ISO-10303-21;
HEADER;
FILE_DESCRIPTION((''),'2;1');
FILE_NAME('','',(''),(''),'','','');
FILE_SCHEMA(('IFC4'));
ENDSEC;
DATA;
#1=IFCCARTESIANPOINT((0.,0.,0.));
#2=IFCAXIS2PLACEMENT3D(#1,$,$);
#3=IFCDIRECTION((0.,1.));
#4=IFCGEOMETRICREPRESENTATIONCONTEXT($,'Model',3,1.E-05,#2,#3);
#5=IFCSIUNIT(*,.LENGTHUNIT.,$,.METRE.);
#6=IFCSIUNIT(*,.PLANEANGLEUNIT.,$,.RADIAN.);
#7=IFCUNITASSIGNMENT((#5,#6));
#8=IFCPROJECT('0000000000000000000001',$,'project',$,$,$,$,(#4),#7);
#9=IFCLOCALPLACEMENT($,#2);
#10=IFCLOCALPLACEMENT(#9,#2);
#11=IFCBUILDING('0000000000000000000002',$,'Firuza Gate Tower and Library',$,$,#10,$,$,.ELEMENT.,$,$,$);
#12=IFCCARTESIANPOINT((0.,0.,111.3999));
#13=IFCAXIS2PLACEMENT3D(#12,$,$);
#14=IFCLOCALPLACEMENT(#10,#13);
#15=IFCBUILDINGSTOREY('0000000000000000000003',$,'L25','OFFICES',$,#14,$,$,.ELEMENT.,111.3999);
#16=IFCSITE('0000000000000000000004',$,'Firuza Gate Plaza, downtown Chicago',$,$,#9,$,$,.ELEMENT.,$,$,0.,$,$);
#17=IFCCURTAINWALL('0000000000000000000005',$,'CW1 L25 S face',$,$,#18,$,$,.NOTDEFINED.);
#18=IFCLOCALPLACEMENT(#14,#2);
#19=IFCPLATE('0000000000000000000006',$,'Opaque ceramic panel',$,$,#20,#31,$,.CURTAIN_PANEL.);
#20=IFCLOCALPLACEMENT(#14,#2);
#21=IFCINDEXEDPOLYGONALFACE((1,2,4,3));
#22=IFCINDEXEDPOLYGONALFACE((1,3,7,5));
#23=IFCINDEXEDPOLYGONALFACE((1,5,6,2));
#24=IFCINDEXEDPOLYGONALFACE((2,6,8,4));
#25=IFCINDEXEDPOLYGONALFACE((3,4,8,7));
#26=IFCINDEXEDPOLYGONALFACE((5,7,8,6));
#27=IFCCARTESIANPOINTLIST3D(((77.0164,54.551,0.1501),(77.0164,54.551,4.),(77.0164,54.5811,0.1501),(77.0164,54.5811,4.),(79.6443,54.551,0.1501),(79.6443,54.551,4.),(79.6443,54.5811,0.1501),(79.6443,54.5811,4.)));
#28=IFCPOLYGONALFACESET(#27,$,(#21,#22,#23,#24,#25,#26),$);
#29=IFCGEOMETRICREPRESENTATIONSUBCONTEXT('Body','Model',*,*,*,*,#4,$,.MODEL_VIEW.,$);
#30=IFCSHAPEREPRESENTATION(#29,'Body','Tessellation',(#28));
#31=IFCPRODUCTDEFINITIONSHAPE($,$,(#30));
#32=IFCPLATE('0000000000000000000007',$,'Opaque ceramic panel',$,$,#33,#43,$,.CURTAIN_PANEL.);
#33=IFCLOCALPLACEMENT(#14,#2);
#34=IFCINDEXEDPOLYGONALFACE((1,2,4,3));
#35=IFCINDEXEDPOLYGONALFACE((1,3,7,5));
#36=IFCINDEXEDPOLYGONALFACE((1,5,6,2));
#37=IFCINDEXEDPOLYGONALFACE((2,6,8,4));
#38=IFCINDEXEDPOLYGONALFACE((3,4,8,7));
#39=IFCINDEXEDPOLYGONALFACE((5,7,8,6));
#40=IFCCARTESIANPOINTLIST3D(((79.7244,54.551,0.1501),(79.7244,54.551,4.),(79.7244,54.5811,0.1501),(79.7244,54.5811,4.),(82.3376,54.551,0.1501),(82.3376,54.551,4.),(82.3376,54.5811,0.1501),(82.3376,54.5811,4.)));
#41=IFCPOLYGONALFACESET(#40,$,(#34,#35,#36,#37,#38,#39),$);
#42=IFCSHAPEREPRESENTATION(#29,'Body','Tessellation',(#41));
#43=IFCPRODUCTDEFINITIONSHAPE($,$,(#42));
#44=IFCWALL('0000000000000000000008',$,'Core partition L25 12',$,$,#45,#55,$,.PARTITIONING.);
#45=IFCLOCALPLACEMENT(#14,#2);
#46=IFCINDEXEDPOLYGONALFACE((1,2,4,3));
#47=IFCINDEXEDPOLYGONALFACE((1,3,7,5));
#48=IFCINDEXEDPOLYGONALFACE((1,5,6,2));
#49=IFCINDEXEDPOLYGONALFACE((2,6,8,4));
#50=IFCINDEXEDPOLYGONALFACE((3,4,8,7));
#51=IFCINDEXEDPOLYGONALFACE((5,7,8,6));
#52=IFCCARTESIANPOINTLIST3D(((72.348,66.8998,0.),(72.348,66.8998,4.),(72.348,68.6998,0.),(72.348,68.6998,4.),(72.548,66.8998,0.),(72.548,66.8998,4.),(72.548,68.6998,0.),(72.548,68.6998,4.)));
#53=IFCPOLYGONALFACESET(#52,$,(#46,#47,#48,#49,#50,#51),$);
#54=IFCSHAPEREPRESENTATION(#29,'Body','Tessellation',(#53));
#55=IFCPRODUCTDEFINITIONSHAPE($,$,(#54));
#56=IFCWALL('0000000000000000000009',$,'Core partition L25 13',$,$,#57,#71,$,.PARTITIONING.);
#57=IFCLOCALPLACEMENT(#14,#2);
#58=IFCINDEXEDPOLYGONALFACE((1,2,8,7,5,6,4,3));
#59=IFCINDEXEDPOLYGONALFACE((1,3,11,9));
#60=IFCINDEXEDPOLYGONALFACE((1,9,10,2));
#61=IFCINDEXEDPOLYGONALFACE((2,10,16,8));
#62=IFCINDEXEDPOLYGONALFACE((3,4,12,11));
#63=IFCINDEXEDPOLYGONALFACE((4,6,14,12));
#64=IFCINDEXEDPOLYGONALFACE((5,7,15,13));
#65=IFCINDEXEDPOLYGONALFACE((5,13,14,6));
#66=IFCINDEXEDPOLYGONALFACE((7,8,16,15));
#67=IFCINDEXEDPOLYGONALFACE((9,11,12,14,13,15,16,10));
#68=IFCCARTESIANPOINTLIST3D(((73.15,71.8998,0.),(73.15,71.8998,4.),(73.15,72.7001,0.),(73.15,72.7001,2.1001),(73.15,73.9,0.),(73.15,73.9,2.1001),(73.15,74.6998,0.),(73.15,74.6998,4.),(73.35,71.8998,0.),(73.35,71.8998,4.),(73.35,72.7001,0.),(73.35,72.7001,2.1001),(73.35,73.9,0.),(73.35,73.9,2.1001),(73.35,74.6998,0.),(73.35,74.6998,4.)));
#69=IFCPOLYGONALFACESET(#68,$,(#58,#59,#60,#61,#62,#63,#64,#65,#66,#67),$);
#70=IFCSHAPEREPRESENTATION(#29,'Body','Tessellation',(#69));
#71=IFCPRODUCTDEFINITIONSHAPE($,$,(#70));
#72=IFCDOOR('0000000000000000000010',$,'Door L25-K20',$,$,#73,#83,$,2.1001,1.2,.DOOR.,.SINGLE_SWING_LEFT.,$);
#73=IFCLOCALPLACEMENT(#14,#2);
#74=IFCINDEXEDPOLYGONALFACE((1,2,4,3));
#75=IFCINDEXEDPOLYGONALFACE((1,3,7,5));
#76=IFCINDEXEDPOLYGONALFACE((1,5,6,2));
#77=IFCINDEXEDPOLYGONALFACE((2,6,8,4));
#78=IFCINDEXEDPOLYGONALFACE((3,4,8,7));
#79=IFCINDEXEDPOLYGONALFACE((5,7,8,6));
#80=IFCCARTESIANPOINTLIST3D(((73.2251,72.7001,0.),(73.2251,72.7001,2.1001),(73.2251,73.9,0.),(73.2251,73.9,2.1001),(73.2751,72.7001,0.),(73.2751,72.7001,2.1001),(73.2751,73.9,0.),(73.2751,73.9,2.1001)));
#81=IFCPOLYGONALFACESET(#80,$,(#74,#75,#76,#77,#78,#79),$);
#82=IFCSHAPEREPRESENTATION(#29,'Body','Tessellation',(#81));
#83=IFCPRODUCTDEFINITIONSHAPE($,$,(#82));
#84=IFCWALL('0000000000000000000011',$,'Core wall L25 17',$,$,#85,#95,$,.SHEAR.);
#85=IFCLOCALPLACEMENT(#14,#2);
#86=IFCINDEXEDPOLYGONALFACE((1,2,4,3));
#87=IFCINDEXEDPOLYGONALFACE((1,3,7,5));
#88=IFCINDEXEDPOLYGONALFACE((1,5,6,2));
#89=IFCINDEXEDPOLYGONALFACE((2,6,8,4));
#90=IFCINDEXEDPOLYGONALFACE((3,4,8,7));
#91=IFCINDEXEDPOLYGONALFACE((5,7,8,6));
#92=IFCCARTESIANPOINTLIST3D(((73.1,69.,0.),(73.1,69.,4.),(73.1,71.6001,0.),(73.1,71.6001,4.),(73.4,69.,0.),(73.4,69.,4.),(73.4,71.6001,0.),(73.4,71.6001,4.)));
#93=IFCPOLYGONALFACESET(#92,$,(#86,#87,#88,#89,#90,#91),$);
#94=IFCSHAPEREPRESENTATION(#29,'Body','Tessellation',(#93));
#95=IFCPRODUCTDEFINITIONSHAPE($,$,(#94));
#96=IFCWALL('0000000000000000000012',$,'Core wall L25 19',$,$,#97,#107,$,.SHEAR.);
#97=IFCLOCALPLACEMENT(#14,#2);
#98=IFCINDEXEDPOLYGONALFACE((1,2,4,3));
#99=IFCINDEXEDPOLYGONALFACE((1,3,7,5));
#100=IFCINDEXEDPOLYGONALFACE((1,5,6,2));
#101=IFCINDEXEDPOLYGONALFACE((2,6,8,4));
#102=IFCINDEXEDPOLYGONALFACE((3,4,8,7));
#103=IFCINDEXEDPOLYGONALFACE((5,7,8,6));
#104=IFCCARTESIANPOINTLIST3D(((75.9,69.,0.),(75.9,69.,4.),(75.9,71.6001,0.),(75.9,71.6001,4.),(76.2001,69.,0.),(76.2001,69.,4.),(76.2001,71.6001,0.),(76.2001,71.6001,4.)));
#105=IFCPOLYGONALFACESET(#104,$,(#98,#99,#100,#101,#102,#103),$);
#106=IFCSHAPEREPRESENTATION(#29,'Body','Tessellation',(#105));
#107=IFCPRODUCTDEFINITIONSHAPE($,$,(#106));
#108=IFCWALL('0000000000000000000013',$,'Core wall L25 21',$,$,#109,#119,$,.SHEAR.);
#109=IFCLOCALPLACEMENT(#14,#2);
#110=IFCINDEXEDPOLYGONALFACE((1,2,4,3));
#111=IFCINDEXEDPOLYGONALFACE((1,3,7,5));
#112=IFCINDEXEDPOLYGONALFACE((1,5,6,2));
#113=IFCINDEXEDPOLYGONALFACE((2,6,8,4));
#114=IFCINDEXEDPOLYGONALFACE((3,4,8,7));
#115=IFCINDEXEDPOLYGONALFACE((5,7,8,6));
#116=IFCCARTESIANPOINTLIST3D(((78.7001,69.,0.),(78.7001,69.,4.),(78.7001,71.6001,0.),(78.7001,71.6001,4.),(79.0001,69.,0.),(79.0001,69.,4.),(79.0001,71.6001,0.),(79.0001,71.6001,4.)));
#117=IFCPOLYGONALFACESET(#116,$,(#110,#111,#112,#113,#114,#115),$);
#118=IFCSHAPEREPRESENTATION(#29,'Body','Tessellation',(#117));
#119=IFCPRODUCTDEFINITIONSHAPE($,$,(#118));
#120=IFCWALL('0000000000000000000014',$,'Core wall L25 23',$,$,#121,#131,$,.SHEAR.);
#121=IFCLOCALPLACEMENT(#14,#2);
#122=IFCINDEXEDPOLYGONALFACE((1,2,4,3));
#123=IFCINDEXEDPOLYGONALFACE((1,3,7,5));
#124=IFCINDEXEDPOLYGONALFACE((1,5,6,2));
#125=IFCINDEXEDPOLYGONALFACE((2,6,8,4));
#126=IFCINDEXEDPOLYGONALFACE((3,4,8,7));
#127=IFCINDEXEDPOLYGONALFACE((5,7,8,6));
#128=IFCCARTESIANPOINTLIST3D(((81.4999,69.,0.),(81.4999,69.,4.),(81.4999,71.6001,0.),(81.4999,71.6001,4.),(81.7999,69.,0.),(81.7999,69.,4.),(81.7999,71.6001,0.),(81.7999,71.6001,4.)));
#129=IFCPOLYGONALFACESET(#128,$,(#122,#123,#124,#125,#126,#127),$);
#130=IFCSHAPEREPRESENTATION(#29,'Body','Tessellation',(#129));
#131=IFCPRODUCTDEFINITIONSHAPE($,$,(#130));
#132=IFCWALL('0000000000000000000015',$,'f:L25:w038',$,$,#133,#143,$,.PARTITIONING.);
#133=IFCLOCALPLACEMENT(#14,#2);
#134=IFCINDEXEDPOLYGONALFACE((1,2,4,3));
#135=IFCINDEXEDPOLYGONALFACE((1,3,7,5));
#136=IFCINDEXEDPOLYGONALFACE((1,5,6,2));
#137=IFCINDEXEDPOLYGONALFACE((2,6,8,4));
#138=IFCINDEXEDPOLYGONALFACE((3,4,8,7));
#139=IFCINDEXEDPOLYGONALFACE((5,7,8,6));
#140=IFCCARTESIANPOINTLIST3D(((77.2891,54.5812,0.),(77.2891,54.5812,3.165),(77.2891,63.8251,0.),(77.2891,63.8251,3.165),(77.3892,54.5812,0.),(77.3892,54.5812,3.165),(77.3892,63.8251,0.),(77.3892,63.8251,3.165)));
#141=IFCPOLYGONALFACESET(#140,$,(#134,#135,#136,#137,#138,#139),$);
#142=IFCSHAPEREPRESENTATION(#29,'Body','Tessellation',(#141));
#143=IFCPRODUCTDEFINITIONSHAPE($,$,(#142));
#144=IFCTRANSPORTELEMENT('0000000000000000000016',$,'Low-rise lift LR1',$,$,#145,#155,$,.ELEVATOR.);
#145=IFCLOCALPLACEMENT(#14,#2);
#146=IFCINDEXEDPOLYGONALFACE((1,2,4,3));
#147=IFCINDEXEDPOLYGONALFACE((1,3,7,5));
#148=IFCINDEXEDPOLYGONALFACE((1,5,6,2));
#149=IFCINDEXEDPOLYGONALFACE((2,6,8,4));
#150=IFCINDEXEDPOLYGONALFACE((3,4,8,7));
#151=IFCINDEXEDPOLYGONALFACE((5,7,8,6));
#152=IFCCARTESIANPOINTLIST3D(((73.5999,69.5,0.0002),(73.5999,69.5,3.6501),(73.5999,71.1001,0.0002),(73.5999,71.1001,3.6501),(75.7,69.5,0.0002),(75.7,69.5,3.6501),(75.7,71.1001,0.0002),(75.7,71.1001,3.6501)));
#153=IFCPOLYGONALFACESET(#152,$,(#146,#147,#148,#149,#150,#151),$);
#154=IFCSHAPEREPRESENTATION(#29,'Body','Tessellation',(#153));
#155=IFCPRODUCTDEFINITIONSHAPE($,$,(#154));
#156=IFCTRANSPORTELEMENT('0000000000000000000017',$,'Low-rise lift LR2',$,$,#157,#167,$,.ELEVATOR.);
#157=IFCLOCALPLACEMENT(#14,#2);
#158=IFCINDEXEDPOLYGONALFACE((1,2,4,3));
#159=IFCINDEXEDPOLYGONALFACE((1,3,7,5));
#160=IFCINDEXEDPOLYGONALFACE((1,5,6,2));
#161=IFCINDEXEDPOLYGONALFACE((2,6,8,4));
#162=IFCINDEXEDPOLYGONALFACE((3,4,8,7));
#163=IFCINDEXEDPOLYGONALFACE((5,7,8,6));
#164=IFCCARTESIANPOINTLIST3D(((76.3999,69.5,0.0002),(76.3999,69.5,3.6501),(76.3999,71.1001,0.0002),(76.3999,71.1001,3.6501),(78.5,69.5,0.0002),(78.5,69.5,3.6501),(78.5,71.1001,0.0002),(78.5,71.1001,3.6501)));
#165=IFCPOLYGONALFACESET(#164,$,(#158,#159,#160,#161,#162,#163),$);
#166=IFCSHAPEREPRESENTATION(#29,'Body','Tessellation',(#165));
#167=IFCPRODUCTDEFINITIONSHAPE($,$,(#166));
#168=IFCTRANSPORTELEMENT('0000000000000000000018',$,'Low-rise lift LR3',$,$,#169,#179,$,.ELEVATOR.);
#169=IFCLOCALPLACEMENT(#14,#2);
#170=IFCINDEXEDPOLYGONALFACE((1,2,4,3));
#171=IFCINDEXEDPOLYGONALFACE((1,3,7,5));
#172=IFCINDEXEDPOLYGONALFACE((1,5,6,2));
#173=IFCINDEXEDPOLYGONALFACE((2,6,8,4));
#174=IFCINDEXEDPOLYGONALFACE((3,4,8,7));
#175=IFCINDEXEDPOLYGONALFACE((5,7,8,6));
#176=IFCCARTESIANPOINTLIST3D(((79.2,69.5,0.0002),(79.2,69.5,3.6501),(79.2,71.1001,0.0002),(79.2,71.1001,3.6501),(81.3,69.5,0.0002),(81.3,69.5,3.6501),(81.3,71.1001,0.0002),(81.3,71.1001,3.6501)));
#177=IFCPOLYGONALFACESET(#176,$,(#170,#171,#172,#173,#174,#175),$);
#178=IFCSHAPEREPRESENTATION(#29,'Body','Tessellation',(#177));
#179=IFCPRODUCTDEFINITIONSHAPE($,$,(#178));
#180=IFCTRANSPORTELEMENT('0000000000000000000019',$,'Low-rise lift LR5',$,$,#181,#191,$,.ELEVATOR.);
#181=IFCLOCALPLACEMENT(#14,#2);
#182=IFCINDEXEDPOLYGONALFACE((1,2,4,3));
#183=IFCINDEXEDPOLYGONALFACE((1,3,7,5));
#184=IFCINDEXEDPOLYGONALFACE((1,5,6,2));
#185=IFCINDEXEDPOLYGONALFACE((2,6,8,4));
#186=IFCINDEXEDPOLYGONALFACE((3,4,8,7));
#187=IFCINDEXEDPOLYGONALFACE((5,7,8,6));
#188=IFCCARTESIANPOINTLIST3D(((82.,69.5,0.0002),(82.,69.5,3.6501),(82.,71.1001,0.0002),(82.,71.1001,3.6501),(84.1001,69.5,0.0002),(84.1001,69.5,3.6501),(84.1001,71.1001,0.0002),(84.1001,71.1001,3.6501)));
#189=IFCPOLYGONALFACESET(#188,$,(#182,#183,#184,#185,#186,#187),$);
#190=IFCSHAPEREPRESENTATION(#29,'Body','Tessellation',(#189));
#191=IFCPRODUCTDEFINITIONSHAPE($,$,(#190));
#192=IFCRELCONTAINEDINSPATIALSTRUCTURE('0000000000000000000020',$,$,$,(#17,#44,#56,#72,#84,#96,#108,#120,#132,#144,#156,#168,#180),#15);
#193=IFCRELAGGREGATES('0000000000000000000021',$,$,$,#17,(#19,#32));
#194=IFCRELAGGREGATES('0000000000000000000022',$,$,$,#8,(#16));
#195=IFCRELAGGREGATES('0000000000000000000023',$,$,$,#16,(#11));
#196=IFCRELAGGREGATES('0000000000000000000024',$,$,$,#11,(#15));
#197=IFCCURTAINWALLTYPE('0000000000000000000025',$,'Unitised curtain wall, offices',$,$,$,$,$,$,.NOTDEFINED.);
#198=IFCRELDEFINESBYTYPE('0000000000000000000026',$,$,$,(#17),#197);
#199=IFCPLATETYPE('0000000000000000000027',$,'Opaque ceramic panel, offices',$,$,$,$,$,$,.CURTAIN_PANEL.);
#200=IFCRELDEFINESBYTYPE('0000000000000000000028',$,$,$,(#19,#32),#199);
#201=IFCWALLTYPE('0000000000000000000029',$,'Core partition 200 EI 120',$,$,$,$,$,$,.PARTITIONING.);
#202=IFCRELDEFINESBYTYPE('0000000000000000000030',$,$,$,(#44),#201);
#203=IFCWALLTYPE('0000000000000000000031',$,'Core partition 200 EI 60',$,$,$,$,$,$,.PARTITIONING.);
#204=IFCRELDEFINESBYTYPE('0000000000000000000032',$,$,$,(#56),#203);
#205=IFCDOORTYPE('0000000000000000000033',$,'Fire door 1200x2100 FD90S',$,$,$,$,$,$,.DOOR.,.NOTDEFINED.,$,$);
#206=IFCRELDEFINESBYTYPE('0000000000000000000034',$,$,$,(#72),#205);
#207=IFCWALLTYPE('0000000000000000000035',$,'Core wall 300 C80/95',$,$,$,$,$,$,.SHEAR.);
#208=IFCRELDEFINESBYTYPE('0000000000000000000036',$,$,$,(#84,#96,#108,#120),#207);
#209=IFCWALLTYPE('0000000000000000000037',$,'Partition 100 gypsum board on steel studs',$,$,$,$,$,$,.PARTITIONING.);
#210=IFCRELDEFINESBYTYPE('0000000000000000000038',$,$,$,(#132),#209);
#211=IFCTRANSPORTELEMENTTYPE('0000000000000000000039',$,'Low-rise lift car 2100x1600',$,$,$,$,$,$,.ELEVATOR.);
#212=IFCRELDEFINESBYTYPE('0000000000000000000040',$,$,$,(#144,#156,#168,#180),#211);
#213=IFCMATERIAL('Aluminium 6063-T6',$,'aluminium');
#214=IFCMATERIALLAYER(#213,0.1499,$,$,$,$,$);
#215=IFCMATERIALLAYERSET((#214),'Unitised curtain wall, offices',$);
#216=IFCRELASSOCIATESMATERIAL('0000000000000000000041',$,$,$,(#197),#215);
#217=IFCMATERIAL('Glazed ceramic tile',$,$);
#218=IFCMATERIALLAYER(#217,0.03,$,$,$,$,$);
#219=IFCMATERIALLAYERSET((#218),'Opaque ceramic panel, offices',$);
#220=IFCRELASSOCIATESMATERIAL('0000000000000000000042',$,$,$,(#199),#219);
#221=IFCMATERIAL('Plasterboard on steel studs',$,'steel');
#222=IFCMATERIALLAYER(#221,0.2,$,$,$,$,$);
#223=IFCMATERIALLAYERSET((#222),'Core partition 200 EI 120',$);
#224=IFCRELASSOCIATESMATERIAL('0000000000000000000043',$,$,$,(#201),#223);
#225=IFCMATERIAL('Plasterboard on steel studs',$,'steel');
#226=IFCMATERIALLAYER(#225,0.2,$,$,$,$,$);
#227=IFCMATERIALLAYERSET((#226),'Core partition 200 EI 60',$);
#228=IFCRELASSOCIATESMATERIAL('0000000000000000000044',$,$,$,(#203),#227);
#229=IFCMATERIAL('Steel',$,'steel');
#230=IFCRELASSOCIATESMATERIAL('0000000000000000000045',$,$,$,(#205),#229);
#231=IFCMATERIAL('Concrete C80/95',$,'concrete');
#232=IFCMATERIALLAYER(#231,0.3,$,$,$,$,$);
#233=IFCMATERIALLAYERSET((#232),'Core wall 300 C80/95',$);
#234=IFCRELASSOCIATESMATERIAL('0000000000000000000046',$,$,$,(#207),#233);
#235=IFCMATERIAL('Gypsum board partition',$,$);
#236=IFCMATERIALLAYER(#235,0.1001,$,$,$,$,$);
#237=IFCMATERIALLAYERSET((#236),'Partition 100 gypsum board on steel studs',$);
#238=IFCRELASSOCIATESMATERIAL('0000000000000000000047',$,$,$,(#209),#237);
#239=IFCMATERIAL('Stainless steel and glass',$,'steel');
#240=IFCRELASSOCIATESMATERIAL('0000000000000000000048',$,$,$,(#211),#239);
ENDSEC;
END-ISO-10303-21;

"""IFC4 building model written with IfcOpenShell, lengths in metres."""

from ifc_helpers import new_model, si_unit, direction, frame, frame_2d, origin, origin_2d, place, context, subcontext, project, spatial, polyline, rectangle, outline, extrude, material, layer, layer_set, type_object, element, fill, aggregate, save


model = new_model("IFC4")

# Units and contexts
model_context = context("Model", 3, precision=1e-05, world=origin(), true_north=direction((0.0, 1.0)))
body_context = subcontext(model_context, "Body", "Model", "MODEL_VIEW")
ifc_project = project(units=[si_unit("LENGTHUNIT", "METRE"), si_unit("PLANEANGLEUNIT", "RADIAN")], contexts=[model_context])

# Site, building, storey
site_placement = place(None, origin())
site = spatial("IfcSite", under=ifc_project, at=site_placement, Name="Firuza Gate Plaza, downtown Chicago", CompositionType="ELEMENT", RefElevation=0.0)
building_placement = place(site_placement, origin())
building = spatial("IfcBuilding", under=site, at=building_placement, Name="Firuza Gate Tower and Library", CompositionType="ELEMENT")
storey_placement = place(building_placement, frame((0.0, 0.0, 111.3999)))
storey = spatial("IfcBuildingStorey", under=building, at=storey_placement, Name="L25", Description="OFFICES", CompositionType="ELEMENT", Elevation=111.3999)

# Curtain wall
ifc_material_1 = material(Name="Aluminium 6063-T6", Category="aluminium")
ifc_layer_1 = layer(ifc_material_1, 0.1499)
ifc_layer_set_1 = layer_set([ifc_layer_1], Name="Unitised curtain wall, offices")
curtain_wall_type = type_object("IfcCurtainWallType", Name="Unitised curtain wall, offices", PredefinedType="NOTDEFINED", material=ifc_layer_set_1)
curtain_wall_placement = place(storey_placement, origin())
curtain_wall = element("IfcCurtainWall", 1, at=curtain_wall_placement, inside=storey, type_object=curtain_wall_type, Name="CW1 L25 S face", PredefinedType="NOTDEFINED")

# Plates
ifc_material_2 = material(Name="Glazed ceramic tile")
ifc_layer_2 = layer(ifc_material_2, 0.03)
ifc_layer_set_2 = layer_set([ifc_layer_2], Name="Opaque ceramic panel, offices")
plate_type_1 = type_object("IfcPlateType", Name="Opaque ceramic panel, offices", PredefinedType="CURTAIN_PANEL", material=ifc_layer_set_2)
plate_1_placement = place(storey_placement, frame((77.0164, 54.551, 0.1501), z_axis=(0.0, -1.0, 0.0), x_axis=(1.0, 0.0, 0.0)))
plate_1 = element("IfcPlate", 2, at=plate_1_placement, type_object=plate_type_1, Name="Opaque ceramic panel", PredefinedType="CURTAIN_PANEL", context=body_context, shape_type="SweptSolid", body=[
    extrude(outline(polyline([(0.0, 0.0), (2.6279, 0.0), (2.6279, 3.8499), (0.0, 3.8499), (0.0, 0.0)])), origin(), (0.0, 0.0, -1.0), 0.03),
])
plate_2_placement = place(storey_placement, frame((79.7244, 54.551, 0.1501), z_axis=(0.0, -1.0, 0.0), x_axis=(1.0, 0.0, 0.0)))
plate_2 = element("IfcPlate", 3, at=plate_2_placement, type_object=plate_type_1, Name="Opaque ceramic panel", PredefinedType="CURTAIN_PANEL", context=body_context, shape_type="SweptSolid", body=[
    extrude(outline(polyline([(0.0, 0.0), (2.6133, 0.0), (2.6133, 3.8499), (0.0, 3.8499), (0.0, 0.0)])), origin(), (0.0, 0.0, -1.0), 0.03),
])
aggregate(curtain_wall, [plate_1, plate_2])

# Wall
ifc_material_3 = material(Name="Plasterboard on steel studs", Category="steel")
ifc_layer_3 = layer(ifc_material_3, 0.2)
ifc_layer_set_3 = layer_set([ifc_layer_3], Name="Core partition 200 EI 120")
wall_type_1 = type_object("IfcWallType", Name="Core partition 200 EI 120", PredefinedType="PARTITIONING", material=ifc_layer_set_3)
wall_1_placement = place(storey_placement, frame((72.448, 66.8999, 0.0), z_axis=(0.0, 0.0, 1.0), x_axis=(0.0, 1.0, 0.0)))
element("IfcWall", 4, at=wall_1_placement, inside=storey, type_object=wall_type_1, Name="Core partition L25 12", PredefinedType="PARTITIONING", context=body_context, shape_type="SweptSolid", body=[
    extrude(rectangle(XDim=1.8, YDim=0.2, at=frame_2d((0.8999, 0.0))), origin(), (0.0, 0.0, 1.0), 4.0),
])

# Wall, opening, door
ifc_material_4 = material(Name="Plasterboard on steel studs", Category="steel")
ifc_layer_4 = layer(ifc_material_4, 0.2)
ifc_layer_set_4 = layer_set([ifc_layer_4], Name="Core partition 200 EI 60")
wall_type_2 = type_object("IfcWallType", Name="Core partition 200 EI 60", PredefinedType="PARTITIONING", material=ifc_layer_set_4)
wall_2_placement = place(storey_placement, frame((73.25, 71.8999, 0.0), z_axis=(0.0, 0.0, 1.0), x_axis=(0.0, 1.0, 0.0)))
wall_2 = element("IfcWall", 5, at=wall_2_placement, inside=storey, type_object=wall_type_2, Name="Core partition L25 13", PredefinedType="PARTITIONING", context=body_context, shape_type="SweptSolid", body=[
    extrude(rectangle(XDim=2.8, YDim=0.2, at=frame_2d((1.3999, 0.0))), origin(), (0.0, 0.0, 1.0), 4.0),
])
opening_placement = place(wall_2_placement, frame((0.8, 0.0, 0.0)))
opening = element("IfcOpeningElement", 6, at=opening_placement, cuts=wall_2, PredefinedType="OPENING", context=body_context, shape_type="SweptSolid", body=[
    extrude(rectangle(XDim=1.2, YDim=2.1001, at=frame_2d((0.6001, 1.05))), frame((0.0, 0.1099, 0.0), z_axis=(0.0, -1.0, 0.0), x_axis=(1.0, 0.0, 0.0)), (0.0, 0.0, 1.0), 0.22),
])
ifc_material_5 = material(Name="Steel", Category="steel")
door_type = type_object("IfcDoorType", Name="Fire door 1200x2100 FD90S", OperationType="NOTDEFINED", PredefinedType="DOOR", material=ifc_material_5)
door_placement = place(opening_placement, origin())
door = element("IfcDoor", 7, at=door_placement, inside=storey, type_object=door_type, Name="Door L25-K20", OperationType="SINGLE_SWING_LEFT", OverallHeight=2.1001, OverallWidth=1.2, PredefinedType="DOOR", context=body_context, shape_type="SweptSolid", body=[
    extrude(rectangle(XDim=1.2, YDim=2.1001, at=frame_2d((0.6001, 1.05))), frame((0.0, 0.0249, 0.0), z_axis=(0.0, -1.0, 0.0), x_axis=(1.0, 0.0, 0.0)), (0.0, 0.0, 1.0), 0.05),
])
fill(opening, door)

# Walls
ifc_material_6 = material(Name="Concrete C80/95", Category="concrete")
ifc_layer_5 = layer(ifc_material_6, 0.3)
ifc_layer_set_5 = layer_set([ifc_layer_5], Name="Core wall 300 C80/95")
wall_type_3 = type_object("IfcWallType", Name="Core wall 300 C80/95", PredefinedType="SHEAR", material=ifc_layer_set_5)
for number, where, z_axis, x_axis, name in (
    (8, (73.25, 69.0, 0.0), (0.0, 0.0, 1.0), (0.0, 1.0, 0.0), "Core wall L25 17"),
    (9, (76.05, 69.0, 0.0), (0.0, 0.0, 1.0), (0.0, 1.0, 0.0), "Core wall L25 19"),
    (10, (78.8501, 69.0, 0.0), (0.0, 0.0, 1.0), (0.0, 1.0, 0.0), "Core wall L25 21"),
    (11, (81.6499, 69.0, 0.0), (0.0, 0.0, 1.0), (0.0, 1.0, 0.0), "Core wall L25 23"),
):
    element("IfcWall", number, at=place(storey_placement, frame(where, z_axis=z_axis, x_axis=x_axis)), inside=storey, type_object=wall_type_3, Name=name, PredefinedType="SHEAR", context=body_context, shape_type="SweptSolid", body=[
        extrude(rectangle(XDim=2.6001, YDim=0.3, at=frame_2d((1.3, 0.0))), origin(), (0.0, 0.0, 1.0), 4.0),
    ])
ifc_material_7 = material(Name="Gypsum board partition")
ifc_layer_6 = layer(ifc_material_7, 0.1001)
ifc_layer_set_6 = layer_set([ifc_layer_6], Name="Partition 100 gypsum board on steel studs")
wall_type_4 = type_object("IfcWallType", Name="Partition 100 gypsum board on steel studs", PredefinedType="PARTITIONING", material=ifc_layer_set_6)
wall_3_placement = place(storey_placement, frame((77.3391, 54.5811, 0.0), z_axis=(0.0, 0.0, 1.0), x_axis=(0.0, 1.0, 0.0)))
element("IfcWall", 12, at=wall_3_placement, inside=storey, type_object=wall_type_4, Name="f:L25:w038", PredefinedType="PARTITIONING", context=body_context, shape_type="SweptSolid", body=[
    extrude(rectangle(XDim=9.2439, YDim=0.1001, at=frame_2d((4.6221, 0.0))), origin(), (0.0, 0.0, 1.0), 3.165),
])

# Transport elements
ifc_material_8 = material(Name="Stainless steel and glass", Category="steel")
transport_element_type = type_object("IfcTransportElementType", Name="Low-rise lift car 2100x1600", PredefinedType="ELEVATOR", material=ifc_material_8)
for number, where, z_axis, x_axis, name in (
    (13, (74.6499, 70.3, 0.0002), (0.0, 0.0, 1.0), (1.0, 0.0, 0.0), "Low-rise lift LR1"),
    (14, (77.45, 70.3, 0.0002), (0.0, 0.0, 1.0), (1.0, 0.0, 0.0), "Low-rise lift LR2"),
    (15, (80.25, 70.3, 0.0002), (0.0, 0.0, 1.0), (1.0, 0.0, 0.0), "Low-rise lift LR3"),
    (16, (83.05, 70.3, 0.0002), (0.0, 0.0, 1.0), (1.0, 0.0, 0.0), "Low-rise lift LR5"),
):
    element("IfcTransportElement", number, at=place(storey_placement, frame(where, z_axis=z_axis, x_axis=x_axis)), inside=storey, type_object=transport_element_type, Name=name, PredefinedType="ELEVATOR", context=body_context, shape_type="SweptSolid", body=[
        extrude(rectangle(XDim=2.1001, YDim=1.6001, at=origin_2d()), origin(), (0.0, 0.0, 1.0), 3.6499),
    ])

save(model, "model.ifc")
